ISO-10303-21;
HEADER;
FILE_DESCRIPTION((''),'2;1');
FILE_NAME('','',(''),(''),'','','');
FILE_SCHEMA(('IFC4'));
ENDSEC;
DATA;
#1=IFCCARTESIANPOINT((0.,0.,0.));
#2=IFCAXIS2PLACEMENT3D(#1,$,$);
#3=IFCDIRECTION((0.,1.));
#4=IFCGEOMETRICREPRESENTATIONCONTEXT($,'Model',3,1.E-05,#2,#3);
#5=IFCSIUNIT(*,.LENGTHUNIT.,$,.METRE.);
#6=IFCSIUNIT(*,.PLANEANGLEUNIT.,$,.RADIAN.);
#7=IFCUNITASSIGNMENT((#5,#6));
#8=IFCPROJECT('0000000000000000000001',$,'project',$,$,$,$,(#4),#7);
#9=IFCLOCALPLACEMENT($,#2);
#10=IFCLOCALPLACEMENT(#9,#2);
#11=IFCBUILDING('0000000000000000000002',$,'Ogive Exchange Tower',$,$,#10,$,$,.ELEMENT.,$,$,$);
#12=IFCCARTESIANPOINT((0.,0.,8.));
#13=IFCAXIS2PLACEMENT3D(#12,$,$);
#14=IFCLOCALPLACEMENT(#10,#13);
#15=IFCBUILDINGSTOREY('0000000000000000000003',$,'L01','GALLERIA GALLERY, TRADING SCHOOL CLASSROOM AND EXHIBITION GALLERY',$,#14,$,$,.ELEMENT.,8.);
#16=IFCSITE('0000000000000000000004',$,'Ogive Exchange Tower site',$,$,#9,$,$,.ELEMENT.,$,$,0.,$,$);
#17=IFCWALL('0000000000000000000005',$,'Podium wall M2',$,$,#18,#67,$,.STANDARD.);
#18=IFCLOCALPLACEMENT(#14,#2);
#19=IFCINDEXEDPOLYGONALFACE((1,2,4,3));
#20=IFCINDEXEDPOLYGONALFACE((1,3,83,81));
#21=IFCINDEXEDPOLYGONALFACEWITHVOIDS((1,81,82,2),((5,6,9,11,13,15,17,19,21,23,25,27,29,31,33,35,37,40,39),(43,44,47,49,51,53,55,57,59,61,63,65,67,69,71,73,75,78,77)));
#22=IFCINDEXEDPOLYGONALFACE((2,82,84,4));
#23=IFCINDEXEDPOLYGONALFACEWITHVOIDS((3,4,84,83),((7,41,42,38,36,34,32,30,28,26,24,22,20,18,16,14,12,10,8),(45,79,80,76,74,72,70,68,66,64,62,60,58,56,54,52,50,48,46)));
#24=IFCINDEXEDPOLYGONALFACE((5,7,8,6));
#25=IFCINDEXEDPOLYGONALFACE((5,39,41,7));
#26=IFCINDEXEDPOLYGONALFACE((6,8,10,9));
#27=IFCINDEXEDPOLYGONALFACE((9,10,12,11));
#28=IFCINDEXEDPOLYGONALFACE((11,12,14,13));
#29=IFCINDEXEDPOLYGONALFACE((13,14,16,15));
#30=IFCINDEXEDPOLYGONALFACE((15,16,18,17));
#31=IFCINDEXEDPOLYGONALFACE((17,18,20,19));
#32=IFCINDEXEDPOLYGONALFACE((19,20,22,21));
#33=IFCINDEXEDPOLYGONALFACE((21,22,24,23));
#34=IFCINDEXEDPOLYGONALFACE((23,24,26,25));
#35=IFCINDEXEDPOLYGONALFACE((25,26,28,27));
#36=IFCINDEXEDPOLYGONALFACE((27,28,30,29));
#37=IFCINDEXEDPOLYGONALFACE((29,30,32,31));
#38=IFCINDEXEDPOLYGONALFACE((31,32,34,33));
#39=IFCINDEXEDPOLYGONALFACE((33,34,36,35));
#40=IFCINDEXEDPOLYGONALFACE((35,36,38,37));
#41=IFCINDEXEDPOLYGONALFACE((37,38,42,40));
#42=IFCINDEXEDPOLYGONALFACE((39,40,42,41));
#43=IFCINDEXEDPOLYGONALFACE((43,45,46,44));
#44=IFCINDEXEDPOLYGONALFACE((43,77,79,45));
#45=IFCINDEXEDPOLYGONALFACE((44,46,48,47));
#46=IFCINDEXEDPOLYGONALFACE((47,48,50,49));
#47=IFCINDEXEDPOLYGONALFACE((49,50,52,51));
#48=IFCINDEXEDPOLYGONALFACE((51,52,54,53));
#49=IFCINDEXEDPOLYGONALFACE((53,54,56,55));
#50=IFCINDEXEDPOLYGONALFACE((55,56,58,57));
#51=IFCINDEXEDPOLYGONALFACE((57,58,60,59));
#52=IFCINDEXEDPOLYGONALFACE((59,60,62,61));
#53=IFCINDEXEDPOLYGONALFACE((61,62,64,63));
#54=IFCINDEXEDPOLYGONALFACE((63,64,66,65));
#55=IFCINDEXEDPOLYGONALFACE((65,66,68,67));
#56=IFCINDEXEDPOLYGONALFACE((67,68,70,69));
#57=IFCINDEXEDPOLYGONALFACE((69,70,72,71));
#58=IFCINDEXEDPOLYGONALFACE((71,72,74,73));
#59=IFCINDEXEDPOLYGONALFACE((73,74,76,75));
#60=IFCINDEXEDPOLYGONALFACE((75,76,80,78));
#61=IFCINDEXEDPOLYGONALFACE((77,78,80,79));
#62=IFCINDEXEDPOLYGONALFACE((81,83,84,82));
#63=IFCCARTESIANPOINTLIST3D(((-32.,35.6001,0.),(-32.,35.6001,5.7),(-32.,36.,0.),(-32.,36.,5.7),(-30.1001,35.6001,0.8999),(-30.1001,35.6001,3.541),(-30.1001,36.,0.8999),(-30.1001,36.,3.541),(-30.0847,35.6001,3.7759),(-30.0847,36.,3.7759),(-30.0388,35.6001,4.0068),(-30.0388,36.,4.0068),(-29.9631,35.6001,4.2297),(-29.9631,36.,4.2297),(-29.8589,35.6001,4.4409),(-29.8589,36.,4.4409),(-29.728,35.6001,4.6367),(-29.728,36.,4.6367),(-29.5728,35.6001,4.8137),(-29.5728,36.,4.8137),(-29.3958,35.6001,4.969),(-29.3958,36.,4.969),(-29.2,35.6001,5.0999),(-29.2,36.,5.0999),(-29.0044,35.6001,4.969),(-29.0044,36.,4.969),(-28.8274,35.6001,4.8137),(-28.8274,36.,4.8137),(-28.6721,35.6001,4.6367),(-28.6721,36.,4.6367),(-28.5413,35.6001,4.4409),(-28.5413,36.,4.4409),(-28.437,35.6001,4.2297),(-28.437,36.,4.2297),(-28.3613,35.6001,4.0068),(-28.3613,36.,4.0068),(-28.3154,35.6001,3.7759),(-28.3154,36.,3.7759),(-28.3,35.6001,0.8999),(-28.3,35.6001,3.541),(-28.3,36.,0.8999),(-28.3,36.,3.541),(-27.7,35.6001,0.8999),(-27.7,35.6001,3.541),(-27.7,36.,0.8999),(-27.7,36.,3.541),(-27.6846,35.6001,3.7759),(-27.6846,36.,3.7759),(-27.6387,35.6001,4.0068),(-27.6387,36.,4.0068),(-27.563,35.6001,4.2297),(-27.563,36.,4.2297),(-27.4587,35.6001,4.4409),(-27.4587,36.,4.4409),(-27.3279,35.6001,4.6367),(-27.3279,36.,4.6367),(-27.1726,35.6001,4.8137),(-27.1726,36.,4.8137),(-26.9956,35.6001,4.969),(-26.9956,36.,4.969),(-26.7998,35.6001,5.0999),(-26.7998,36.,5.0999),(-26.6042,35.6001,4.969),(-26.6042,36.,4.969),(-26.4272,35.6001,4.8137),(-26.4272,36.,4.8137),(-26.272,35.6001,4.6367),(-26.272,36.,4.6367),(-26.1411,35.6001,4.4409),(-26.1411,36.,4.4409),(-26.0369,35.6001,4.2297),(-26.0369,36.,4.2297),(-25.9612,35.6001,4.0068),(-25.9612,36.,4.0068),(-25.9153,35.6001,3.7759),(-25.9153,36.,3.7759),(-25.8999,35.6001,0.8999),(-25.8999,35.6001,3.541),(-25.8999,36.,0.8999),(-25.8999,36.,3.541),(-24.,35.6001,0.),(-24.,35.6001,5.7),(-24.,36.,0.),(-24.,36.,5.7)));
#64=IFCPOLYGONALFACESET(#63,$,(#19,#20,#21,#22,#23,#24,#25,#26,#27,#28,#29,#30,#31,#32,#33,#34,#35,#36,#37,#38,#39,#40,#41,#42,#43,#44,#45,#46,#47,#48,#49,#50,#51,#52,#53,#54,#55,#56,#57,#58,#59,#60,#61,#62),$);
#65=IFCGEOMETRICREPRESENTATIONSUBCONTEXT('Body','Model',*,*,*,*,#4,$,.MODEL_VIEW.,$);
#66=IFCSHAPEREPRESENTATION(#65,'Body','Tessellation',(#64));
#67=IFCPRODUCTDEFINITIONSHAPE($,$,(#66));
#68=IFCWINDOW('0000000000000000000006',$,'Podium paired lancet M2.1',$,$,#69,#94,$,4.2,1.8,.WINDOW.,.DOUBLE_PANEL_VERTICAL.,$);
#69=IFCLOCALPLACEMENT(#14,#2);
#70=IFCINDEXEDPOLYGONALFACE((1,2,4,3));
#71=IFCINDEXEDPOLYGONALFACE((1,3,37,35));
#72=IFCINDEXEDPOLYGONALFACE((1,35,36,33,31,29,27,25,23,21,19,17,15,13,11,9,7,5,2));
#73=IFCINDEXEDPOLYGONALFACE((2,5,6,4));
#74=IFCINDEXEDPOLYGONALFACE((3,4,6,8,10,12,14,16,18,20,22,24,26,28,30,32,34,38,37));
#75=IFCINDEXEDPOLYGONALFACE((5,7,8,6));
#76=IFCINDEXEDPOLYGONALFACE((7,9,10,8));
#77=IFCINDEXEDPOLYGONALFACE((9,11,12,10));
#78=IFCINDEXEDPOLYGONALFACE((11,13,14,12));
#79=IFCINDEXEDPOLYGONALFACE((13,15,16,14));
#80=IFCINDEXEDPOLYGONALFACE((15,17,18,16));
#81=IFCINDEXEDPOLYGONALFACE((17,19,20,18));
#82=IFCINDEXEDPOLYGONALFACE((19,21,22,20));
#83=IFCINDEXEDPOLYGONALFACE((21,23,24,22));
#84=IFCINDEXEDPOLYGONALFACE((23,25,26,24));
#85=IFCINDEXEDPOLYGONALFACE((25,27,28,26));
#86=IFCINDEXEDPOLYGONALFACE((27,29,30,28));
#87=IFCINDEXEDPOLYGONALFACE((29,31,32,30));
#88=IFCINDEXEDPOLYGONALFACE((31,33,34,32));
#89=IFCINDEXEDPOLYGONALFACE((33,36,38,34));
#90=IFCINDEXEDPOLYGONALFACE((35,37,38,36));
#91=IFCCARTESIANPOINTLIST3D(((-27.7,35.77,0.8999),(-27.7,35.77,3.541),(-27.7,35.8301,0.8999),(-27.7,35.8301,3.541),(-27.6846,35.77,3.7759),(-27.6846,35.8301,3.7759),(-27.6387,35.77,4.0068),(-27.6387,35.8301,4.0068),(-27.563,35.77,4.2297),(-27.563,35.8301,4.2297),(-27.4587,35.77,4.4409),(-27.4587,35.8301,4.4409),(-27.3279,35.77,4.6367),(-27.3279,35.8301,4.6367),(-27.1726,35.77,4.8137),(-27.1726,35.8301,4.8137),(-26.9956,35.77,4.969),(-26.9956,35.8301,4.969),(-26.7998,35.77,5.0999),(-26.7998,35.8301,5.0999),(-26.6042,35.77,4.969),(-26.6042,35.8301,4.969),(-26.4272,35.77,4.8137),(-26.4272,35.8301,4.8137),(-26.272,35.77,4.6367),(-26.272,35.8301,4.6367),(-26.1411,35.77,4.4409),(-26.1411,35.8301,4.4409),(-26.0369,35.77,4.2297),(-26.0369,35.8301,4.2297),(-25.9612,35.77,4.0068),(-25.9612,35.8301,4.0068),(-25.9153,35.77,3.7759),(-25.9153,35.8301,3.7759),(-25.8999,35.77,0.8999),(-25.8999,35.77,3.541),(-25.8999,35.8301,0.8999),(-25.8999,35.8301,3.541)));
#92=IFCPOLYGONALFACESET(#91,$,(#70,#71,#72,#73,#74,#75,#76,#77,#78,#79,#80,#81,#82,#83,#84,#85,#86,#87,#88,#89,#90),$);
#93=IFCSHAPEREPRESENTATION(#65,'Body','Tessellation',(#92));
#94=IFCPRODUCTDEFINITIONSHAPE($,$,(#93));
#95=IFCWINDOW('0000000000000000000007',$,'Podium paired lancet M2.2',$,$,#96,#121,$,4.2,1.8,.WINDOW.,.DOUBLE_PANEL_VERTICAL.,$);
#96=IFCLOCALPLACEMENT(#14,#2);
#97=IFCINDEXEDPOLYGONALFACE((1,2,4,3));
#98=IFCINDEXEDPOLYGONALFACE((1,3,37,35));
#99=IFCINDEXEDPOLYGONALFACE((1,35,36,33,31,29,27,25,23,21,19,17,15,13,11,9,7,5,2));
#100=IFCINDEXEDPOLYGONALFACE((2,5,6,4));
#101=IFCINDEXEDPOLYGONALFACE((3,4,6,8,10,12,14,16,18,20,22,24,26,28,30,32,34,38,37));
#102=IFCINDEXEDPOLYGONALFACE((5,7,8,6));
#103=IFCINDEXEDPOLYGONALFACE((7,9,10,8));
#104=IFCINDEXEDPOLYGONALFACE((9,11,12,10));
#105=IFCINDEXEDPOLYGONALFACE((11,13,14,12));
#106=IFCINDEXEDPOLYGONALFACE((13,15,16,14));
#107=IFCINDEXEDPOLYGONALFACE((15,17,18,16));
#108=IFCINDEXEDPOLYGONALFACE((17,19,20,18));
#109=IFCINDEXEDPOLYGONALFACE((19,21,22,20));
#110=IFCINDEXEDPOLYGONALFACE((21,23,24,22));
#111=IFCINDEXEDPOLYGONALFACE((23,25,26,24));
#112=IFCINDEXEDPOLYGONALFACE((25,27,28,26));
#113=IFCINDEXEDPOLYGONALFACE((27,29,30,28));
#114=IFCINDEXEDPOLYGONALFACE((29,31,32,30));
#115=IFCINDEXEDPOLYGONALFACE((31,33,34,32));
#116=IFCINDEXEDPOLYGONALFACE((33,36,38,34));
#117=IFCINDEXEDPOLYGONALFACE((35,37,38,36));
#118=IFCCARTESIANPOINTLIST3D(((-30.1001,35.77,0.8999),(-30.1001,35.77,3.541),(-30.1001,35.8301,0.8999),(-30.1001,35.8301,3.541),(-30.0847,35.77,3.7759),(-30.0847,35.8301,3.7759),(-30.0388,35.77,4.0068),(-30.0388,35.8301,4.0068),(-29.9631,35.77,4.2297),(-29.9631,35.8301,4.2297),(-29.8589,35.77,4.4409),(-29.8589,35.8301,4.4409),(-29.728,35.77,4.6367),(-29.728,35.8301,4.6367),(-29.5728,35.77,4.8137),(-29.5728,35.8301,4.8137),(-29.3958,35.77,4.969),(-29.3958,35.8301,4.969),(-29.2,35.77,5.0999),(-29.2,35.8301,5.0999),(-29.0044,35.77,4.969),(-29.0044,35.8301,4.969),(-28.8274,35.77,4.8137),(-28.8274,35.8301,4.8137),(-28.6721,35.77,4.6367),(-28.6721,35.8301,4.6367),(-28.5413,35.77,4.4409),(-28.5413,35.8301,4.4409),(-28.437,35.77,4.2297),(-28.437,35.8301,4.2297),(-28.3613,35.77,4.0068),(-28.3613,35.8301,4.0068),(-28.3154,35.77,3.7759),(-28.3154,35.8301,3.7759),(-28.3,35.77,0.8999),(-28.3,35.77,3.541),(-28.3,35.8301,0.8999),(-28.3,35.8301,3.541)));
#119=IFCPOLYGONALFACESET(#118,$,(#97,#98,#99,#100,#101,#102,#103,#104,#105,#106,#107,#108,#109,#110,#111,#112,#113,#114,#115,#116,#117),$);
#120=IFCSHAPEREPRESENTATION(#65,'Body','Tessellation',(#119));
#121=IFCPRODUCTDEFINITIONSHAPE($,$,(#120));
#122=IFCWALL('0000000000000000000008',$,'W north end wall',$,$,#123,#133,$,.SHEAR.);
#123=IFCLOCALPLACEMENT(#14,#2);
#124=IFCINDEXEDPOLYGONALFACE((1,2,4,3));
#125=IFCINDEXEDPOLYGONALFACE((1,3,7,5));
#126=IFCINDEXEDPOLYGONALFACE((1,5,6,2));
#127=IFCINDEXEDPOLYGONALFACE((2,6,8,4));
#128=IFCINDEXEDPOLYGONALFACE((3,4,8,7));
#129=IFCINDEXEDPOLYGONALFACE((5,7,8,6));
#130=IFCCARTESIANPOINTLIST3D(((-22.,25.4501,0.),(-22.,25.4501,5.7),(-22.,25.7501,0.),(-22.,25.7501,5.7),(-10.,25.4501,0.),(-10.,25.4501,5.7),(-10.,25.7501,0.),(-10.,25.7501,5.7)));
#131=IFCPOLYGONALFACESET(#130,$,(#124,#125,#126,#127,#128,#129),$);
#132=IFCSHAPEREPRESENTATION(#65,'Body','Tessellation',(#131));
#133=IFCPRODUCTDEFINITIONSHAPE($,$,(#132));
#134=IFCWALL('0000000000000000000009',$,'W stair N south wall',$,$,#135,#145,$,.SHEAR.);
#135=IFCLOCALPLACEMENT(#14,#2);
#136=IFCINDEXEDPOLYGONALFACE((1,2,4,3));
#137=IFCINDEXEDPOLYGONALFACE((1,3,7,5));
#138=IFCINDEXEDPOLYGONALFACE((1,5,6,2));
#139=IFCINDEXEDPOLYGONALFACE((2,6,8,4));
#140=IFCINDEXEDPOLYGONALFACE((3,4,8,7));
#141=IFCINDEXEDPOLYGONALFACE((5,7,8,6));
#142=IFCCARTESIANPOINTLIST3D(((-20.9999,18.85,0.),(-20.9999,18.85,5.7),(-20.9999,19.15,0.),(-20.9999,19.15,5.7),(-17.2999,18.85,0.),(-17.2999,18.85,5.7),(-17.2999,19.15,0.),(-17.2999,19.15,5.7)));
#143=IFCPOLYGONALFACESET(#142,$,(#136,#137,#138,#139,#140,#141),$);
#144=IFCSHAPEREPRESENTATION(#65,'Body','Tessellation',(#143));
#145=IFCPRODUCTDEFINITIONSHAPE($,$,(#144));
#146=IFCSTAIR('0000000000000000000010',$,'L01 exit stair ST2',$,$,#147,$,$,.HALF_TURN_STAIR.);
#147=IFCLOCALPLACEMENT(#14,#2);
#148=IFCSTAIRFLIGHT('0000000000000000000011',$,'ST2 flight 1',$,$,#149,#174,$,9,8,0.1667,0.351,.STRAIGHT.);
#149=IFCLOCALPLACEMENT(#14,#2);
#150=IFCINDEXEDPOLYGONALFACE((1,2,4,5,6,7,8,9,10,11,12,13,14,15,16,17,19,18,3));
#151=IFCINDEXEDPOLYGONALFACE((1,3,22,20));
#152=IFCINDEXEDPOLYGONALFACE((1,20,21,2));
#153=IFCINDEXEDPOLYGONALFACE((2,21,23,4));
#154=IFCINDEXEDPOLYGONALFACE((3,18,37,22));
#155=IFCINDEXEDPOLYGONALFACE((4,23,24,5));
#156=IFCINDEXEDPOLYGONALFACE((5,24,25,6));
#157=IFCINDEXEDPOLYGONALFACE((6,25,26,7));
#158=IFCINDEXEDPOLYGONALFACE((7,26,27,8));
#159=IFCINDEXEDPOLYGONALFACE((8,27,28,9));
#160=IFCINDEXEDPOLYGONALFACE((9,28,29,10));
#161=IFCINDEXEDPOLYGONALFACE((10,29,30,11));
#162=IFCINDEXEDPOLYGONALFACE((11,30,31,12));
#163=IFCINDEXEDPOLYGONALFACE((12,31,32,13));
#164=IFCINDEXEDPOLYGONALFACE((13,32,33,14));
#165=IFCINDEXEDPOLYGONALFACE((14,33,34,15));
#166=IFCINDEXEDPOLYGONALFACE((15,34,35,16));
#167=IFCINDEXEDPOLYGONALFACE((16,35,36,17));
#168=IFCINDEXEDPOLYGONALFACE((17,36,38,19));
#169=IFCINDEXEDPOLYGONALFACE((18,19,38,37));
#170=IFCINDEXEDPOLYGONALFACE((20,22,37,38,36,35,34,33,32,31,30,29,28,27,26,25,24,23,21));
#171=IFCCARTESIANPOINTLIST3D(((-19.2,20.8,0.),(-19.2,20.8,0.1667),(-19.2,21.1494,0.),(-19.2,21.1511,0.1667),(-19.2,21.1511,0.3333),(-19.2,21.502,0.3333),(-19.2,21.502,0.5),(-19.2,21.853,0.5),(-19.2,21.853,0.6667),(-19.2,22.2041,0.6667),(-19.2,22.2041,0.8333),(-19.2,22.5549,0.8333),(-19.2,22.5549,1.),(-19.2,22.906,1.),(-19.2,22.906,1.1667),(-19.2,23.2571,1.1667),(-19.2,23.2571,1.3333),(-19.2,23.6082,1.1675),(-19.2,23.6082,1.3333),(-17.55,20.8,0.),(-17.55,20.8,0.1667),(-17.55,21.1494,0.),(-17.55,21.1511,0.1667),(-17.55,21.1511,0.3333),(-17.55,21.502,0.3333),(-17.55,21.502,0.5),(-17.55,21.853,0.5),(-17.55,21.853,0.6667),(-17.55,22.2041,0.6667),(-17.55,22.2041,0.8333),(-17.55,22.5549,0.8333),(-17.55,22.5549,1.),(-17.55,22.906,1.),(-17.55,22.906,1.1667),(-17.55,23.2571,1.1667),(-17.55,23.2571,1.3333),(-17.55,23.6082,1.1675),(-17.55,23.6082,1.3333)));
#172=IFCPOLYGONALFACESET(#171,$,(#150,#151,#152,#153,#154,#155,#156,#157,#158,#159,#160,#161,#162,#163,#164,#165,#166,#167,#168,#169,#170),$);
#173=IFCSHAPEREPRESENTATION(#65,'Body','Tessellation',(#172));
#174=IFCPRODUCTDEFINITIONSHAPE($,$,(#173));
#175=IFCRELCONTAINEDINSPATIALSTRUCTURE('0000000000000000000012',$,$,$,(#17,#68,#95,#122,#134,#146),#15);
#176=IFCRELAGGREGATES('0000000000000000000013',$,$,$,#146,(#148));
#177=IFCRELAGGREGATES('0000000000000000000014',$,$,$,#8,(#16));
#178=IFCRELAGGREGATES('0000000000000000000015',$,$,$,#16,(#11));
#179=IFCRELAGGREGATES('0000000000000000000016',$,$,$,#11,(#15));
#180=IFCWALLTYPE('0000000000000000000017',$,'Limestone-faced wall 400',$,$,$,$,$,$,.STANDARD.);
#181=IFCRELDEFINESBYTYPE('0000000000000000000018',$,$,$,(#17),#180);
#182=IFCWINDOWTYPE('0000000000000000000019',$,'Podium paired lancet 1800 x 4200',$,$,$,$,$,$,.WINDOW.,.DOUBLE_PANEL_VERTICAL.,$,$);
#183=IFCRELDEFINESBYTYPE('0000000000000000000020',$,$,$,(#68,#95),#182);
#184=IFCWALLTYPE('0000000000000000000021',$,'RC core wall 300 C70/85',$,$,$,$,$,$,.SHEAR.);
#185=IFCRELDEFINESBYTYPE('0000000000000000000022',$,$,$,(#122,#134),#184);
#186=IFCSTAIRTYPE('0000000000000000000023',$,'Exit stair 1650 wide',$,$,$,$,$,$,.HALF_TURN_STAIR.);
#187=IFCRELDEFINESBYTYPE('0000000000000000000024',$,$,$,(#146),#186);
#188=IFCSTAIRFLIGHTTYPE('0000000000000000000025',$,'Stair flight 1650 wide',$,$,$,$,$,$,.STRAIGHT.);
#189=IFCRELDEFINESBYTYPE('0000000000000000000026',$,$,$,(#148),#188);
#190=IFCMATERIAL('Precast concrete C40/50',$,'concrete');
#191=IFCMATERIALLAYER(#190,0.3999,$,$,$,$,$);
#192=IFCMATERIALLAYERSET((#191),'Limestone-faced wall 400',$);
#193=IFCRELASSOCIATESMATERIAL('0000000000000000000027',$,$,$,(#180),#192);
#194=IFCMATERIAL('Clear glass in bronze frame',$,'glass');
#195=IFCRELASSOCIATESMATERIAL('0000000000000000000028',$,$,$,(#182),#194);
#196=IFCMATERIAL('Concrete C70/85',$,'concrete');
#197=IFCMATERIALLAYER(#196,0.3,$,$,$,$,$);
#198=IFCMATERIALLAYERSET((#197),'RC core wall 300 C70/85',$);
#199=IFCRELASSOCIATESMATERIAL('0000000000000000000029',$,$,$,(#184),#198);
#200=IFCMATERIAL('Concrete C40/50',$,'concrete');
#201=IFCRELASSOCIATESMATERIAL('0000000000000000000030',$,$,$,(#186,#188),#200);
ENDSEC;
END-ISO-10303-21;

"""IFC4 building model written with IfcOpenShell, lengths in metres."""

from ifc_helpers import new_model, si_unit, direction, frame, frame_2d, origin, place, context, subcontext, project, spatial, polyline, rectangle, outline, extrude, material, layer, layer_set, type_object, element, fill, aggregate, save


model = new_model("IFC4")

# Units and contexts
model_context = context("Model", 3, precision=1e-05, world=origin(), true_north=direction((0.0, 1.0)))
body_context = subcontext(model_context, "Body", "Model", "MODEL_VIEW")
ifc_project = project(units=[si_unit("LENGTHUNIT", "METRE"), si_unit("PLANEANGLEUNIT", "RADIAN")], contexts=[model_context])

# Site, building, storey
site_placement = place(None, origin())
site = spatial("IfcSite", under=ifc_project, at=site_placement, Name="Ogive Exchange Tower site", CompositionType="ELEMENT", RefElevation=0.0)
building_placement = place(site_placement, origin())
building = spatial("IfcBuilding", under=site, at=building_placement, Name="Ogive Exchange Tower", CompositionType="ELEMENT")
storey_placement = place(building_placement, frame((0.0, 0.0, 8.0)))
storey = spatial("IfcBuildingStorey", under=building, at=storey_placement, Name="L01", Description="GALLERIA GALLERY, TRADING SCHOOL CLASSROOM AND EXHIBITION GALLERY", CompositionType="ELEMENT", Elevation=8.0)

# Shared definitions
ifc_material_1 = material(Name="Concrete C70/85", Category="concrete")

# Shared definitions
ifc_material_2 = material(Name="Precast concrete C40/50", Category="concrete")
ifc_layer_1 = layer(ifc_material_2, 0.3999)
ifc_layer_set_1 = layer_set([ifc_layer_1], Name="Limestone-faced wall 400")
wall_type_1 = type_object("IfcWallType", Name="Limestone-faced wall 400", PredefinedType="STANDARD", material=ifc_layer_set_1)

# Wall, openings, windows
wall_1_placement = place(storey_placement, frame((-24.0, 35.8, 0.0), z_axis=(0.0, 0.0, 1.0), x_axis=(-1.0, 0.0, 0.0)))
wall_1 = element("IfcWall", 1, at=wall_1_placement, inside=storey, type_object=wall_type_1, Name="Podium wall M2", PredefinedType="STANDARD", context=body_context, shape_type="SweptSolid", body=[
    extrude(rectangle(XDim=8.0, YDim=0.3999, at=frame_2d((4.0, 0.0))), origin(), (0.0, 0.0, 1.0), 5.7),
])
opening_1_placement = place(wall_1_placement, frame((1.8999, 0.0, 0.8999)))
opening_1 = element("IfcOpeningElement", 2, at=opening_1_placement, cuts=wall_1, PredefinedType="OPENING", context=body_context, shape_type="SweptSolid", body=[
    extrude(outline(polyline([(0.0, 0.0), (1.8, 0.0), (1.8, 2.6411), (1.7847, 2.876), (1.7388, 3.1069), (1.6631, 3.3298), (1.5588, 3.541), (1.428, 3.7368), (1.2727, 3.9138), (1.0957, 4.0691), (0.8999, 4.2), (0.7043, 4.0691), (0.5273, 3.9138), (0.3721, 3.7368), (0.2412, 3.541), (0.137, 3.3298), (0.0613, 3.1069), (0.0154, 2.876), (0.0, 2.6411), (0.0, 0.0)])), frame((0.0, 0.21, 0.0), z_axis=(0.0, -1.0, 0.0), x_axis=(1.0, 0.0, 0.0)), (0.0, 0.0, 1.0), 0.4199),
])
opening_2_placement = place(wall_1_placement, frame((4.3, 0.0, 0.8999)))
opening_2 = element("IfcOpeningElement", 3, at=opening_2_placement, cuts=wall_1, PredefinedType="OPENING", context=body_context, shape_type="SweptSolid", body=[
    extrude(outline(polyline([(0.0, 0.0), (1.8, 0.0), (1.8, 2.6411), (1.7847, 2.876), (1.7388, 3.1069), (1.6631, 3.3298), (1.5588, 3.541), (1.428, 3.7368), (1.2727, 3.9138), (1.0957, 4.0691), (0.8999, 4.2), (0.7043, 4.0691), (0.5273, 3.9138), (0.3721, 3.7368), (0.2412, 3.541), (0.137, 3.3298), (0.0613, 3.1069), (0.0154, 2.876), (0.0, 2.6411), (0.0, 0.0)])), frame((0.0, 0.21, 0.0), z_axis=(0.0, -1.0, 0.0), x_axis=(1.0, 0.0, 0.0)), (0.0, 0.0, 1.0), 0.4199),
])
ifc_material_3 = material(Name="Clear glass in bronze frame", Category="glass")
window_type = type_object("IfcWindowType", Name="Podium paired lancet 1800 x 4200", PartitioningType="DOUBLE_PANEL_VERTICAL", PredefinedType="WINDOW", material=ifc_material_3)
window_1_placement = place(opening_1_placement, origin())
window_1 = element("IfcWindow", 4, at=window_1_placement, inside=storey, type_object=window_type, Name="Podium paired lancet M2.1", OverallHeight=4.2, OverallWidth=1.8, PartitioningType="DOUBLE_PANEL_VERTICAL", PredefinedType="WINDOW", context=body_context, shape_type="SweptSolid", body=[
    extrude(outline(polyline([(0.0, 0.0), (1.8, 0.0), (1.8, 2.6411), (1.7847, 2.876), (1.7388, 3.1069), (1.6631, 3.3298), (1.5588, 3.541), (1.428, 3.7368), (1.2727, 3.9138), (1.0957, 4.0691), (0.8999, 4.2), (0.7043, 4.0691), (0.5273, 3.9138), (0.3721, 3.7368), (0.2412, 3.541), (0.137, 3.3298), (0.0613, 3.1069), (0.0154, 2.876), (0.0, 2.6411), (0.0, 0.0)])), frame((0.0, 0.03, 0.0), z_axis=(0.0, -1.0, 0.0), x_axis=(1.0, 0.0, 0.0)), (0.0, 0.0, 1.0), 0.0601),
])
fill(opening_1, window_1)
window_2_placement = place(opening_2_placement, origin())
window_2 = element("IfcWindow", 5, at=window_2_placement, inside=storey, type_object=window_type, Name="Podium paired lancet M2.2", OverallHeight=4.2, OverallWidth=1.8, PartitioningType="DOUBLE_PANEL_VERTICAL", PredefinedType="WINDOW", context=body_context, shape_type="SweptSolid", body=[
    extrude(outline(polyline([(0.0, 0.0), (1.8, 0.0), (1.8, 2.6411), (1.7847, 2.876), (1.7388, 3.1069), (1.6631, 3.3298), (1.5588, 3.541), (1.428, 3.7368), (1.2727, 3.9138), (1.0957, 4.0691), (0.8999, 4.2), (0.7043, 4.0691), (0.5273, 3.9138), (0.3721, 3.7368), (0.2412, 3.541), (0.137, 3.3298), (0.0613, 3.1069), (0.0154, 2.876), (0.0, 2.6411), (0.0, 0.0)])), frame((0.0, 0.03, 0.0), z_axis=(0.0, -1.0, 0.0), x_axis=(1.0, 0.0, 0.0)), (0.0, 0.0, 1.0), 0.0601),
])
fill(opening_2, window_2)

# Walls
ifc_layer_2 = layer(ifc_material_1, 0.3)
ifc_layer_set_2 = layer_set([ifc_layer_2], Name="RC core wall 300 C70/85")
wall_type_2 = type_object("IfcWallType", Name="RC core wall 300 C70/85", PredefinedType="SHEAR", material=ifc_layer_set_2)
wall_2_placement = place(storey_placement, frame((-22.0, 25.6001, 0.0), z_axis=(0.0, 0.0, 1.0), x_axis=(1.0, 0.0, 0.0)))
element("IfcWall", 6, at=wall_2_placement, inside=storey, type_object=wall_type_2, Name="W north end wall", PredefinedType="SHEAR", context=body_context, shape_type="SweptSolid", body=[
    extrude(rectangle(XDim=12.0, YDim=0.3, at=frame_2d((6.0, 0.0))), origin(), (0.0, 0.0, 1.0), 5.7),
])
wall_3_placement = place(storey_placement, frame((-21.0, 19.0, 0.0), z_axis=(0.0, 0.0, 1.0), x_axis=(1.0, 0.0, 0.0)))
element("IfcWall", 7, at=wall_3_placement, inside=storey, type_object=wall_type_2, Name="W stair N south wall", PredefinedType="SHEAR", context=body_context, shape_type="SweptSolid", body=[
    extrude(rectangle(XDim=3.7, YDim=0.3, at=frame_2d((1.8501, 0.0))), origin(), (0.0, 0.0, 1.0), 5.7),
])

# Stair, stair flight
ifc_material_4 = material(Name="Concrete C40/50", Category="concrete")
stair_type = type_object("IfcStairType", Name="Exit stair 1650 wide", PredefinedType="HALF_TURN_STAIR", material=ifc_material_4)
stair_placement = place(storey_placement, origin())
stair = element("IfcStair", 8, at=stair_placement, inside=storey, type_object=stair_type, Name="L01 exit stair ST2", PredefinedType="HALF_TURN_STAIR")
stair_flight_type = type_object("IfcStairFlightType", Name="Stair flight 1650 wide", PredefinedType="STRAIGHT", material=ifc_material_4)
stair_flight_1_placement = place(storey_placement, frame((-18.375, 20.8, 0.0), z_axis=(0.0, 0.0, 1.0), x_axis=(0.0, 1.0, 0.0)))
stair_flight_1 = element("IfcStairFlight", 9, at=stair_flight_1_placement, type_object=stair_flight_type, Name="ST2 flight 1", NumberOfRisers=9, NumberOfTreads=8, PredefinedType="STRAIGHT", RiserHeight=0.1667, TreadLength=0.351, context=body_context, shape_type="SweptSolid", body=[
    extrude(outline(polyline([(0.0, 0.0), (0.0, 0.1667), (0.3511, 0.1667), (0.3511, 0.3333), (0.7019, 0.3333), (0.7019, 0.5), (1.053, 0.5), (1.053, 0.6667), (1.4041, 0.6667), (1.4041, 0.8333), (1.7549, 0.8333), (1.7549, 1.0), (2.106, 1.0), (2.106, 1.1667), (2.457, 1.1667), (2.457, 1.3333), (2.8081, 1.3333), (2.8081, 1.5), (2.8081, 1.1675), (0.3494, 0.0), (0.0, 0.0)])), frame((0.0, 0.825, 0.0), z_axis=(0.0, -1.0, 0.0), x_axis=(1.0, 0.0, 0.0)), (0.0, 0.0, 1.0), 1.6499),
])
aggregate(stair, [stair_flight_1])

save(model, "model.ifc")
